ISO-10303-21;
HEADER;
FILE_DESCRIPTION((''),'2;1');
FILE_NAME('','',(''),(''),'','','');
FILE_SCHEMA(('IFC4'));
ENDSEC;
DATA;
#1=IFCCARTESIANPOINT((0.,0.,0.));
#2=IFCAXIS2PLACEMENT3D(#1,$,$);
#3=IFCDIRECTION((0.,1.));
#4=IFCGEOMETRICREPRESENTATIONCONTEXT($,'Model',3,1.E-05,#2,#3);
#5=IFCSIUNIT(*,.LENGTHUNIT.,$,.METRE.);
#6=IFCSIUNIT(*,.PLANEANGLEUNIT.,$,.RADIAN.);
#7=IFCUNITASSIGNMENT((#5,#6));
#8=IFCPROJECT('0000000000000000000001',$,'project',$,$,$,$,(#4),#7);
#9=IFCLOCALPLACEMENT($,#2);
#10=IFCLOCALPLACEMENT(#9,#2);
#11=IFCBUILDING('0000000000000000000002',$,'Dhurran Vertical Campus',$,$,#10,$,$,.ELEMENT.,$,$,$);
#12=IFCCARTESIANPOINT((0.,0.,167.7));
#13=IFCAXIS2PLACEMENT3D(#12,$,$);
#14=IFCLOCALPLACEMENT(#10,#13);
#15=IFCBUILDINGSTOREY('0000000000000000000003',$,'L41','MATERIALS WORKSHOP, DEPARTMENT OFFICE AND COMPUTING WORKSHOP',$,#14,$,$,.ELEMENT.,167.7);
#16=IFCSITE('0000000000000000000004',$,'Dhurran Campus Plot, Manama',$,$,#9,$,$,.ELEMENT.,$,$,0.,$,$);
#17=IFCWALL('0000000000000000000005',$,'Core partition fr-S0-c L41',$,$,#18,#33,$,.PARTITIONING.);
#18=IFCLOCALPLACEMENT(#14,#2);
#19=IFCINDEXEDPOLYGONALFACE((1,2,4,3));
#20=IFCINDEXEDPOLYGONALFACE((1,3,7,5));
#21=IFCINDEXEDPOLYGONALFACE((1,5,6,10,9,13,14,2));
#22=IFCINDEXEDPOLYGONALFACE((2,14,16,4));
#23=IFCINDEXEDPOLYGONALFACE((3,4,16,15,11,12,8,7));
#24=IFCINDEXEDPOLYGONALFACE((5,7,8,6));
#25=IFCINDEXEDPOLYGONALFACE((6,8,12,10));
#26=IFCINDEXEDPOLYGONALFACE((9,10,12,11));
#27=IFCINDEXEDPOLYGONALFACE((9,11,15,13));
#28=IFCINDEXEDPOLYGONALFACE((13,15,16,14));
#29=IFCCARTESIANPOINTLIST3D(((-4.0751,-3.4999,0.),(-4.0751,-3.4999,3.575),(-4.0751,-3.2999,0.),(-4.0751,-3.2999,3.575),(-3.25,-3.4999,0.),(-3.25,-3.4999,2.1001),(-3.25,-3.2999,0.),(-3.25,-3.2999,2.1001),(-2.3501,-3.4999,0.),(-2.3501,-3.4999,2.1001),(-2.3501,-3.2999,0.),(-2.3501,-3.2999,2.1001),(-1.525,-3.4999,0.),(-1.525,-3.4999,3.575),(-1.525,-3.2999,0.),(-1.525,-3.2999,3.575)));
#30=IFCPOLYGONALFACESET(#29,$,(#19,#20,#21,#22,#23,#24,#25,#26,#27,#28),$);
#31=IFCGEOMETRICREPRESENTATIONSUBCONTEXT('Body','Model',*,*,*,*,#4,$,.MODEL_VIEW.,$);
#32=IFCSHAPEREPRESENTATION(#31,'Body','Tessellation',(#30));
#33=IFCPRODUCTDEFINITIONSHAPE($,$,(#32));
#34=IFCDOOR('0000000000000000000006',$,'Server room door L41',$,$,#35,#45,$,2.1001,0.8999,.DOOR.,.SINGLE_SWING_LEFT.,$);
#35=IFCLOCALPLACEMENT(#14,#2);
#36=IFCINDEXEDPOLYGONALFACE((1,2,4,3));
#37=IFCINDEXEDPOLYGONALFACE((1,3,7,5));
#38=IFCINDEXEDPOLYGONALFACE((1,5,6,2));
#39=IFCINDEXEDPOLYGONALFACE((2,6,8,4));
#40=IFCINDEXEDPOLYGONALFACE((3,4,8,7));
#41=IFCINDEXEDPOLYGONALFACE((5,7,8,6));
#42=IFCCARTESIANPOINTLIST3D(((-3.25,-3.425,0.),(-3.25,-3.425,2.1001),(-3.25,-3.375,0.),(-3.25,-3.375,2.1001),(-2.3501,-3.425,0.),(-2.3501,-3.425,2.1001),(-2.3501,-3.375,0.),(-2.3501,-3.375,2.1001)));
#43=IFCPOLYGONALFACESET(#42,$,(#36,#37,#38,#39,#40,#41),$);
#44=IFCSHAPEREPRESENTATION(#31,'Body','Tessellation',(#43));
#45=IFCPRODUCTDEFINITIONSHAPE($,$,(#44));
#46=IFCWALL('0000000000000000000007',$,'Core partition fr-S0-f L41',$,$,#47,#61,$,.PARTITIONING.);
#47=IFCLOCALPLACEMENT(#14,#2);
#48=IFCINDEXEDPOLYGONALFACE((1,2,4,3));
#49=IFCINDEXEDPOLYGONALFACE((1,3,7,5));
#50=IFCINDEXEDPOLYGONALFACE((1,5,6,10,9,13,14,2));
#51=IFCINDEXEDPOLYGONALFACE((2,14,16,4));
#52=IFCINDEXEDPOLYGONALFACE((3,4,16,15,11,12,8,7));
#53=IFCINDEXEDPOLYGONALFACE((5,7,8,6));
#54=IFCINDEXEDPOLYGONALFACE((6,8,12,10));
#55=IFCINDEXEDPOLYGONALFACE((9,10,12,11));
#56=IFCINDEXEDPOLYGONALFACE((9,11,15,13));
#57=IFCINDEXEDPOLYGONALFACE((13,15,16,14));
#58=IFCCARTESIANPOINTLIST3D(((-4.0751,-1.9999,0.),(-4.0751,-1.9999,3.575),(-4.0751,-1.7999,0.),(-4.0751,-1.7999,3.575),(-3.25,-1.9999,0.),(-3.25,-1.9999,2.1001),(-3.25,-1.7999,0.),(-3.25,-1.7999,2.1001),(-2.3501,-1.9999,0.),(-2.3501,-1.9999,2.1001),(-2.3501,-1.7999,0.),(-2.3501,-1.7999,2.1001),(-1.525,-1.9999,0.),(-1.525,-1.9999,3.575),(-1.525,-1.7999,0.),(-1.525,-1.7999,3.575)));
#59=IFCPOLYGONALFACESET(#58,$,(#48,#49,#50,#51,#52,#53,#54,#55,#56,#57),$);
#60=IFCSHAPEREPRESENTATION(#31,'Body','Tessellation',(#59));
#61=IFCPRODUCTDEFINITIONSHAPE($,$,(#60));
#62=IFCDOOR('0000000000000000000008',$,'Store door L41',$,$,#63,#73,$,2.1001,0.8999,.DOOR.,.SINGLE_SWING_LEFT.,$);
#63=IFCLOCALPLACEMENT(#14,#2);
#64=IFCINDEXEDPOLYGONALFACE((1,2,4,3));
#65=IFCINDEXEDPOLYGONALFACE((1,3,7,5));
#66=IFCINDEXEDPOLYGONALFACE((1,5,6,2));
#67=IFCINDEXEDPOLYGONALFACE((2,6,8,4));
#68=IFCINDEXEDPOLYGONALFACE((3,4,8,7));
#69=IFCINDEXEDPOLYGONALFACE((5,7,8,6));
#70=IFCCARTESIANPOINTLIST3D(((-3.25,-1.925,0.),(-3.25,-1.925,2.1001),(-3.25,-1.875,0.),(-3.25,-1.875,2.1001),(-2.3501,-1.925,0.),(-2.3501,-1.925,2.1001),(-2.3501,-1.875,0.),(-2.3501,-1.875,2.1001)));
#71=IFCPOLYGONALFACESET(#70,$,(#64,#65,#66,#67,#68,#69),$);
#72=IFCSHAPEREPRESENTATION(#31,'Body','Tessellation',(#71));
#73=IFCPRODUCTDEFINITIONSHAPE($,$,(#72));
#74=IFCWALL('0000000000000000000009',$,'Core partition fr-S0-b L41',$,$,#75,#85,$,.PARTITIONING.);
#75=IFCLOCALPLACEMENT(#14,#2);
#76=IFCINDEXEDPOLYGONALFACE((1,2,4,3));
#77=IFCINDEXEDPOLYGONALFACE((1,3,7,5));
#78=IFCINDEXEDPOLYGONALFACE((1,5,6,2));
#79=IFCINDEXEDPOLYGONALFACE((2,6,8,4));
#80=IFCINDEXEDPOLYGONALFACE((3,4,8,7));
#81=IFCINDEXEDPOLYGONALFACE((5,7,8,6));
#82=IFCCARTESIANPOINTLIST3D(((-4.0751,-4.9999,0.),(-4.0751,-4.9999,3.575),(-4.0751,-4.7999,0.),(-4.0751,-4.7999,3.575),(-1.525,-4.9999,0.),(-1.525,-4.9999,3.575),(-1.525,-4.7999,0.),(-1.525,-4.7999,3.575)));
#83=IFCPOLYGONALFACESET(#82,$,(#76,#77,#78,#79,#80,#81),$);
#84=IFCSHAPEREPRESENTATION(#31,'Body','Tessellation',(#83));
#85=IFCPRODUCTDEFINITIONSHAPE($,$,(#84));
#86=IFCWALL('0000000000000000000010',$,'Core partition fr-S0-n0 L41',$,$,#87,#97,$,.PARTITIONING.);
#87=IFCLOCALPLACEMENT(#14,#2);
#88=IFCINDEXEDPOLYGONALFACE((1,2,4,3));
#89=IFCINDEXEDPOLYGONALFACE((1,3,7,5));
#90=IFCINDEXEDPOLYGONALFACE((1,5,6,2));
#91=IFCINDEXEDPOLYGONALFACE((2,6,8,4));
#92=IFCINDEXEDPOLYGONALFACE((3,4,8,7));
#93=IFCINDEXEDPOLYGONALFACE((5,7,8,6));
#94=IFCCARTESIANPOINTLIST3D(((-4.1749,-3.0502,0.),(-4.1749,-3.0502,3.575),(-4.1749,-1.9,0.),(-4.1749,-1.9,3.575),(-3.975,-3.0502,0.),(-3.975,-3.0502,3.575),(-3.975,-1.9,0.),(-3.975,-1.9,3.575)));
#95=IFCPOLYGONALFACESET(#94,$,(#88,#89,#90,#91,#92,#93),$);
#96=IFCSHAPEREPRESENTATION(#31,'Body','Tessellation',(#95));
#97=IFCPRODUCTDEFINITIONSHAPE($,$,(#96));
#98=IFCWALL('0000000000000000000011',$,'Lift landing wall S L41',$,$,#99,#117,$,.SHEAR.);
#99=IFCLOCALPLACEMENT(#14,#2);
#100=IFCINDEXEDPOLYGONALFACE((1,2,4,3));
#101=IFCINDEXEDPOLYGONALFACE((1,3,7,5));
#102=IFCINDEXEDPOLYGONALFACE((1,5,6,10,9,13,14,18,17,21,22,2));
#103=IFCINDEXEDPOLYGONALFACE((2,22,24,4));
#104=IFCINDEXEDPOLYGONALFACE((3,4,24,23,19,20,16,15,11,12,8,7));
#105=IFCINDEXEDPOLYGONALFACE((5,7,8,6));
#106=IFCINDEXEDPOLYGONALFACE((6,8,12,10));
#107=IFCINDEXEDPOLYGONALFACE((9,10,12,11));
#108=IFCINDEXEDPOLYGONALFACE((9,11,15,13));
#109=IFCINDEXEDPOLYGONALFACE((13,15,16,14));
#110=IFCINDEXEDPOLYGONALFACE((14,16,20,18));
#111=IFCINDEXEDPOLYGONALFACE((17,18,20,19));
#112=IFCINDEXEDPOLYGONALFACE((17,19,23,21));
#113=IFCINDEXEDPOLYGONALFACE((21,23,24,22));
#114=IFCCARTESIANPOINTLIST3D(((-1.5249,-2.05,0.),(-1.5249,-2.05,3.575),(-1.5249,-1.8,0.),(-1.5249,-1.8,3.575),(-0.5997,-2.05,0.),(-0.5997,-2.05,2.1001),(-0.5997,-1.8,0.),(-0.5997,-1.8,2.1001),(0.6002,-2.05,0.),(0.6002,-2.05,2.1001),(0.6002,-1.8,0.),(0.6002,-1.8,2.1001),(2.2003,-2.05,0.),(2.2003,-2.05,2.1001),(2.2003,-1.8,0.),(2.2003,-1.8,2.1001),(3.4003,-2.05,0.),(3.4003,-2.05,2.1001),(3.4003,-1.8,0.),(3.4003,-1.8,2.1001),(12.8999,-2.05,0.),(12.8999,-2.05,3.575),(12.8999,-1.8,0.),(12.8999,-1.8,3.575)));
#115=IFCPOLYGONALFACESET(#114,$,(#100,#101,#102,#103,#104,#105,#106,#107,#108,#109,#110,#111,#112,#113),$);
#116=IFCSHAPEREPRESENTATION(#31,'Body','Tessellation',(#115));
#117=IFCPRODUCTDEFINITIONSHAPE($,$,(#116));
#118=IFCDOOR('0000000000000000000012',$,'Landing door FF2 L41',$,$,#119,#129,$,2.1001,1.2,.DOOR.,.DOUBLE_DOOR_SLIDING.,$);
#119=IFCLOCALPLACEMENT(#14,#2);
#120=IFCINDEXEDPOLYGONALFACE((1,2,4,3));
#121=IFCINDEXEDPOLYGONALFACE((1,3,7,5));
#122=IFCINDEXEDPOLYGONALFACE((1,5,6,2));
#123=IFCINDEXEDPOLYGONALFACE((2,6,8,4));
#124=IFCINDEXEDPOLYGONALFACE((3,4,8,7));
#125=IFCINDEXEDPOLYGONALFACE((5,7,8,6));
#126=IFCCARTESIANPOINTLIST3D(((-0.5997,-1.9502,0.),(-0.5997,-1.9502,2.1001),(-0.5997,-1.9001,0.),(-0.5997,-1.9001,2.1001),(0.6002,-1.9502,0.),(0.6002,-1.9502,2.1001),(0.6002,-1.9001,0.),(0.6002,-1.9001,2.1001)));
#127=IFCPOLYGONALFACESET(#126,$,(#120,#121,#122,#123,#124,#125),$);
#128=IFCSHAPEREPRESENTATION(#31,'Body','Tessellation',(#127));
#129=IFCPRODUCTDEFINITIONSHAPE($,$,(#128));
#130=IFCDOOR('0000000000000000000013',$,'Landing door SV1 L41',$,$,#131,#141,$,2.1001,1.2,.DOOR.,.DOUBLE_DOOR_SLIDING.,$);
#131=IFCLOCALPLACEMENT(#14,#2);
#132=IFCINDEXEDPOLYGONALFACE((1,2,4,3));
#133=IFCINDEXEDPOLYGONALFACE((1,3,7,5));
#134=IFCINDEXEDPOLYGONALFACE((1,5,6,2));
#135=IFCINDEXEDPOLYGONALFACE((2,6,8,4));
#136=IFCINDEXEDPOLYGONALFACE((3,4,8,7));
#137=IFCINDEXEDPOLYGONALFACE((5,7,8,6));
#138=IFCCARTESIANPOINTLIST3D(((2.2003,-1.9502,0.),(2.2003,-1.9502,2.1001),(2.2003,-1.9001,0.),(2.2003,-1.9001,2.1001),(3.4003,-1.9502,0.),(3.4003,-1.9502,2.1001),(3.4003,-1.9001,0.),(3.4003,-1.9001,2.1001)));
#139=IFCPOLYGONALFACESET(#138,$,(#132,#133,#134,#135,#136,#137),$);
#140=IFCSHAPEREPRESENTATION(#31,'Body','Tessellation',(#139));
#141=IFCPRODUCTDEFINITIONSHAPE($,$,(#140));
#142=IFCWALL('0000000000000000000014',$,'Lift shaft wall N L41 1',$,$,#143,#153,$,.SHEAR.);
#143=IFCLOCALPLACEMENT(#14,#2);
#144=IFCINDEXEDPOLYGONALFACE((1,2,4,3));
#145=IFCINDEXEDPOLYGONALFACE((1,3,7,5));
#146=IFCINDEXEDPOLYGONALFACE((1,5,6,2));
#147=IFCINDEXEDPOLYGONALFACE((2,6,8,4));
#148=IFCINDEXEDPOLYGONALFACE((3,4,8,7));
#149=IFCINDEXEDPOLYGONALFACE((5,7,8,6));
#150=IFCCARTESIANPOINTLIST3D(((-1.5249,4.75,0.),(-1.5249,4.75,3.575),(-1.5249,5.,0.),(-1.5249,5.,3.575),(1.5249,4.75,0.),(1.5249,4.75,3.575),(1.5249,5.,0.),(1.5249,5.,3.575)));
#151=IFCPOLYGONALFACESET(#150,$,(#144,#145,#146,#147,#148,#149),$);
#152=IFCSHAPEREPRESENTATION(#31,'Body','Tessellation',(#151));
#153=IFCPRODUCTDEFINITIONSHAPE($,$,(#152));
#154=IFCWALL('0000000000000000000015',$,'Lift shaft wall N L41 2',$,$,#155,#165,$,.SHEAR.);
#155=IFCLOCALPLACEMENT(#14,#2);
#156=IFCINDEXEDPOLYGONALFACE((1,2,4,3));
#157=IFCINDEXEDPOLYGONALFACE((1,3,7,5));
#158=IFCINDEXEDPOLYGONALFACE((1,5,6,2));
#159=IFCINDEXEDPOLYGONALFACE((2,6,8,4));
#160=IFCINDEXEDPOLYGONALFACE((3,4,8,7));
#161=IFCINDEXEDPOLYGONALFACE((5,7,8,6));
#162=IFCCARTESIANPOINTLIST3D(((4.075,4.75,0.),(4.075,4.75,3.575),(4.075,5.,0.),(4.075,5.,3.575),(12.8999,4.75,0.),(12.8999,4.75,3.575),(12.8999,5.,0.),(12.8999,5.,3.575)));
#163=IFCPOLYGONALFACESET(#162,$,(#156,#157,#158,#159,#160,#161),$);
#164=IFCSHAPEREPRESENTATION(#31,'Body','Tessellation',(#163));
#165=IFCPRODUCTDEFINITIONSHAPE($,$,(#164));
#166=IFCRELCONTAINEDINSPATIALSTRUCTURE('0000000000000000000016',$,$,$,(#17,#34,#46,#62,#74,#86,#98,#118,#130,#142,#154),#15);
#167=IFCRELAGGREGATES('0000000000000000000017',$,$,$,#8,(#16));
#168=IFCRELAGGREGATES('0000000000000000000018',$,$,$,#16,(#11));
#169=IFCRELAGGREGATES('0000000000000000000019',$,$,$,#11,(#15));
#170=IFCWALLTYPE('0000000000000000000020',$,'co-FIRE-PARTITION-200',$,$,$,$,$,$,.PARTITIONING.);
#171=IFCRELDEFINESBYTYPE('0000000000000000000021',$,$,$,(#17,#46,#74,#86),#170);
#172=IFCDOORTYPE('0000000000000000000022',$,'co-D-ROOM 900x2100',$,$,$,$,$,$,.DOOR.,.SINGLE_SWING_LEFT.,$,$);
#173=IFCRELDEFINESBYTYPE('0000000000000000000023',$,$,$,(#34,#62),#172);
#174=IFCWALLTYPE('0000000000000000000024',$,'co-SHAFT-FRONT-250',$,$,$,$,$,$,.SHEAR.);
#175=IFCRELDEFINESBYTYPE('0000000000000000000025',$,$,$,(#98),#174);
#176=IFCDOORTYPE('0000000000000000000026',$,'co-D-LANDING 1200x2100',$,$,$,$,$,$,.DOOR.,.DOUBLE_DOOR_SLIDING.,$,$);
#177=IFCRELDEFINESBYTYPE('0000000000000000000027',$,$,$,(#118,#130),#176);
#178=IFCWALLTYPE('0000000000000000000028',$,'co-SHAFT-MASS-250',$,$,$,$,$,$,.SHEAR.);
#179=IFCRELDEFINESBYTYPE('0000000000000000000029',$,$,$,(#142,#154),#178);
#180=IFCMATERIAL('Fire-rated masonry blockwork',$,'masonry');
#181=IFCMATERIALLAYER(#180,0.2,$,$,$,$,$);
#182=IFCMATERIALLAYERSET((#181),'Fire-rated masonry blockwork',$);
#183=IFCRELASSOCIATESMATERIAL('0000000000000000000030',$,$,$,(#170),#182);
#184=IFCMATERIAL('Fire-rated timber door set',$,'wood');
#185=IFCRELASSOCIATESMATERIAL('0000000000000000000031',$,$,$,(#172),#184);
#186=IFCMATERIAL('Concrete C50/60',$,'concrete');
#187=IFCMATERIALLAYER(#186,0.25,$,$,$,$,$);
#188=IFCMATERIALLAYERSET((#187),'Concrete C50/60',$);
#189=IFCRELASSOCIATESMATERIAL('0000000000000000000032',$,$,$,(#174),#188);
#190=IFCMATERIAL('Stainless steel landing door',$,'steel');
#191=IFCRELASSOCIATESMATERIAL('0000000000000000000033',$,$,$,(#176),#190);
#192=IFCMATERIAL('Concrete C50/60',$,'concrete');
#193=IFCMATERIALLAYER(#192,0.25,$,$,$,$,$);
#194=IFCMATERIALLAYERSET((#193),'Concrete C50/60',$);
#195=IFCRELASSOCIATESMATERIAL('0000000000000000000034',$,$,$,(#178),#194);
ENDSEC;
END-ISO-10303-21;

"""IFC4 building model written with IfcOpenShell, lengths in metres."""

from ifc_helpers import new_model, si_unit, direction, frame, frame_2d, origin, place, context, subcontext, project, spatial, polyline, rectangle, outline, extrude, material, layer, layer_set, type_object, element, fill, save


model = new_model("IFC4")

# Units and contexts
model_context = context("Model", 3, precision=1e-05, world=origin(), true_north=direction((0.0, 1.0)))
body_context = subcontext(model_context, "Body", "Model", "MODEL_VIEW")
ifc_project = project(units=[si_unit("LENGTHUNIT", "METRE"), si_unit("PLANEANGLEUNIT", "RADIAN")], contexts=[model_context])

# Site, building, storey
site_placement = place(None, origin())
site = spatial("IfcSite", under=ifc_project, at=site_placement, Name="Dhurran Campus Plot, Manama", CompositionType="ELEMENT", RefElevation=0.0)
building_placement = place(site_placement, origin())
building = spatial("IfcBuilding", under=site, at=building_placement, Name="Dhurran Vertical Campus", CompositionType="ELEMENT")
storey_placement = place(building_placement, frame((0.0, 0.0, 167.7)))
storey = spatial("IfcBuildingStorey", under=building, at=storey_placement, Name="L41", Description="MATERIALS WORKSHOP, DEPARTMENT OFFICE AND COMPUTING WORKSHOP", CompositionType="ELEMENT", Elevation=167.7)

# Shared definitions
ifc_material_1 = material(Name="Fire-rated masonry blockwork", Category="masonry")
ifc_layer_1 = layer(ifc_material_1, 0.2)
ifc_layer_set_1 = layer_set([ifc_layer_1], Name="Fire-rated masonry blockwork")
wall_type_1 = type_object("IfcWallType", Name="co-FIRE-PARTITION-200", PredefinedType="PARTITIONING", material=ifc_layer_set_1)

# Walls, openings, doors
wall_1_placement = place(storey_placement, frame((-4.075, -3.3999, 0.0), z_axis=(0.0, 0.0, 1.0), x_axis=(1.0, 0.0, 0.0)))
wall_1 = element("IfcWall", 1, at=wall_1_placement, inside=storey, type_object=wall_type_1, Name="Core partition fr-S0-c L41", PredefinedType="PARTITIONING", context=body_context, shape_type="SweptSolid", body=[
    extrude(rectangle(XDim=2.55, YDim=0.2, at=frame_2d((1.2749, 0.0))), origin(), (0.0, 0.0, 1.0), 3.575),
])
opening_1_placement = place(wall_1_placement, frame((0.825, 0.0, 0.0)))
opening_1 = element("IfcOpeningElement", 2, at=opening_1_placement, cuts=wall_1, PredefinedType="OPENING", context=body_context, shape_type="SweptSolid", body=[
    extrude(rectangle(XDim=0.8999, YDim=2.1001, at=frame_2d((0.45, 1.05))), frame((0.0, 0.1099, 0.0), z_axis=(0.0, -1.0, 0.0), x_axis=(1.0, 0.0, 0.0)), (0.0, 0.0, 1.0), 0.22),
])
ifc_material_2 = material(Name="Fire-rated timber door set", Category="wood")
door_type_1 = type_object("IfcDoorType", Name="co-D-ROOM 900x2100", OperationType="SINGLE_SWING_LEFT", PredefinedType="DOOR", material=ifc_material_2)
door_1_placement = place(opening_1_placement, origin())
door_1 = element("IfcDoor", 3, at=door_1_placement, inside=storey, type_object=door_type_1, Name="Server room door L41", OperationType="SINGLE_SWING_LEFT", OverallHeight=2.1001, OverallWidth=0.8999, PredefinedType="DOOR", context=body_context, shape_type="SweptSolid", body=[
    extrude(rectangle(XDim=0.8999, YDim=2.1001, at=frame_2d((0.45, 1.05))), frame((0.0, 0.0249, 0.0), z_axis=(0.0, -1.0, 0.0), x_axis=(1.0, 0.0, 0.0)), (0.0, 0.0, 1.0), 0.05),
])
fill(opening_1, door_1)
wall_2_placement = place(storey_placement, frame((-4.075, -1.8999, 0.0), z_axis=(0.0, 0.0, 1.0), x_axis=(1.0, 0.0, 0.0)))
wall_2 = element("IfcWall", 4, at=wall_2_placement, inside=storey, type_object=wall_type_1, Name="Core partition fr-S0-f L41", PredefinedType="PARTITIONING", context=body_context, shape_type="SweptSolid", body=[
    extrude(rectangle(XDim=2.55, YDim=0.2, at=frame_2d((1.2749, 0.0))), origin(), (0.0, 0.0, 1.0), 3.575),
])
opening_2_placement = place(wall_2_placement, frame((0.825, 0.0, 0.0)))
opening_2 = element("IfcOpeningElement", 5, at=opening_2_placement, cuts=wall_2, PredefinedType="OPENING", context=body_context, shape_type="SweptSolid", body=[
    extrude(rectangle(XDim=0.8999, YDim=2.1001, at=frame_2d((0.45, 1.05))), frame((0.0, 0.1099, 0.0), z_axis=(0.0, -1.0, 0.0), x_axis=(1.0, 0.0, 0.0)), (0.0, 0.0, 1.0), 0.22),
])
door_2_placement = place(opening_2_placement, origin())
door_2 = element("IfcDoor", 6, at=door_2_placement, inside=storey, type_object=door_type_1, Name="Store door L41", OperationType="SINGLE_SWING_LEFT", OverallHeight=2.1001, OverallWidth=0.8999, PredefinedType="DOOR", context=body_context, shape_type="SweptSolid", body=[
    extrude(rectangle(XDim=0.8999, YDim=2.1001, at=frame_2d((0.45, 1.05))), frame((0.0, 0.0249, 0.0), z_axis=(0.0, -1.0, 0.0), x_axis=(1.0, 0.0, 0.0)), (0.0, 0.0, 1.0), 0.05),
])
fill(opening_2, door_2)

# Walls
wall_3_placement = place(storey_placement, frame((-4.075, -4.8999, 0.0), z_axis=(0.0, 0.0, 1.0), x_axis=(1.0, 0.0, 0.0)))
element("IfcWall", 7, at=wall_3_placement, inside=storey, type_object=wall_type_1, Name="Core partition fr-S0-b L41", PredefinedType="PARTITIONING", context=body_context, shape_type="SweptSolid", body=[
    extrude(rectangle(XDim=2.55, YDim=0.2, at=frame_2d((1.2749, 0.0))), origin(), (0.0, 0.0, 1.0), 3.575),
])
wall_4_placement = place(storey_placement, frame((-4.075, -1.8999, 0.0), z_axis=(0.0, 0.0, 1.0), x_axis=(0.0, -1.0, 0.0)))
element("IfcWall", 8, at=wall_4_placement, inside=storey, type_object=wall_type_1, Name="Core partition fr-S0-n0 L41", PredefinedType="PARTITIONING", context=body_context, shape_type="SweptSolid", body=[
    extrude(rectangle(XDim=1.1501, YDim=0.2, at=frame_2d((0.5752, 0.0))), origin(), (0.0, 0.0, 1.0), 3.575),
])

# Wall, openings, doors
ifc_material_3 = material(Name="Concrete C50/60", Category="concrete")
ifc_layer_2 = layer(ifc_material_3, 0.25)
ifc_layer_set_2 = layer_set([ifc_layer_2], Name="Concrete C50/60")
wall_type_2 = type_object("IfcWallType", Name="co-SHAFT-FRONT-250", PredefinedType="SHEAR", material=ifc_layer_set_2)
wall_5_placement = place(storey_placement, frame((-1.5249, -1.925, 0.0), z_axis=(0.0, 0.0, 1.0), x_axis=(1.0, 0.0, 0.0)))
wall_5 = element("IfcWall", 9, at=wall_5_placement, inside=storey, type_object=wall_type_2, Name="Lift landing wall S L41", PredefinedType="SHEAR", context=body_context, shape_type="SweptSolid", body=[
    extrude(rectangle(XDim=14.4248, YDim=0.25, at=frame_2d((7.2124, 0.0))), origin(), (0.0, 0.0, 1.0), 3.575),
])
opening_3_placement = place(wall_5_placement, frame((0.925, 0.0, 0.0)))
opening_3 = element("IfcOpeningElement", 10, at=opening_3_placement, cuts=wall_5, PredefinedType="OPENING", context=body_context, shape_type="SweptSolid", body=[
    extrude(rectangle(XDim=1.2, YDim=2.1001, at=frame_2d((0.6001, 1.05))), frame((0.0, 0.135, 0.0), z_axis=(0.0, -1.0, 0.0), x_axis=(1.0, 0.0, 0.0)), (0.0, 0.0, 1.0), 0.27),
])
opening_4_placement = place(wall_5_placement, frame((3.7251, 0.0, 0.0)))
opening_4 = element("IfcOpeningElement", 11, at=opening_4_placement, cuts=wall_5, PredefinedType="OPENING", context=body_context, shape_type="SweptSolid", body=[
    extrude(rectangle(XDim=1.2, YDim=2.1001, at=frame_2d((0.6001, 1.05))), frame((0.0, 0.135, 0.0), z_axis=(0.0, -1.0, 0.0), x_axis=(1.0, 0.0, 0.0)), (0.0, 0.0, 1.0), 0.27),
])
ifc_material_4 = material(Name="Stainless steel landing door", Category="steel")
door_type_2 = type_object("IfcDoorType", Name="co-D-LANDING 1200x2100", OperationType="DOUBLE_DOOR_SLIDING", PredefinedType="DOOR", material=ifc_material_4)
door_3_placement = place(opening_3_placement, origin())
door_3 = element("IfcDoor", 12, at=door_3_placement, inside=storey, type_object=door_type_2, Name="Landing door FF2 L41", OperationType="DOUBLE_DOOR_SLIDING", OverallHeight=2.1001, OverallWidth=1.2, PredefinedType="DOOR", context=body_context, shape_type="SweptSolid", body=[
    extrude(rectangle(XDim=1.2, YDim=2.1001, at=frame_2d((0.6001, 1.05))), frame((0.0, 0.0249, 0.0), z_axis=(0.0, -1.0, 0.0), x_axis=(1.0, 0.0, 0.0)), (0.0, 0.0, 1.0), 0.05),
])
fill(opening_3, door_3)
door_4_placement = place(opening_4_placement, origin())
door_4 = element("IfcDoor", 13, at=door_4_placement, inside=storey, type_object=door_type_2, Name="Landing door SV1 L41", OperationType="DOUBLE_DOOR_SLIDING", OverallHeight=2.1001, OverallWidth=1.2, PredefinedType="DOOR", context=body_context, shape_type="SweptSolid", body=[
    extrude(rectangle(XDim=1.2, YDim=2.1001, at=frame_2d((0.6001, 1.05))), frame((0.0, 0.0249, 0.0), z_axis=(0.0, -1.0, 0.0), x_axis=(1.0, 0.0, 0.0)), (0.0, 0.0, 1.0), 0.05),
])
fill(opening_4, door_4)

# Walls
ifc_material_5 = material(Name="Concrete C50/60", Category="concrete")
ifc_layer_3 = layer(ifc_material_5, 0.25)
ifc_layer_set_3 = layer_set([ifc_layer_3], Name="Concrete C50/60")
wall_type_3 = type_object("IfcWallType", Name="co-SHAFT-MASS-250", PredefinedType="SHEAR", material=ifc_layer_set_3)
wall_6_placement = place(storey_placement, origin())
element("IfcWall", 14, at=wall_6_placement, inside=storey, type_object=wall_type_3, Name="Lift shaft wall N L41 1", PredefinedType="SHEAR", context=body_context, shape_type="SweptSolid", body=[
    extrude(outline(polyline([(-1.5249, 4.75), (1.5249, 4.75), (1.5249, 5.0), (-1.5249, 5.0), (-1.5249, 4.75)])), origin(), (0.0, 0.0, 1.0), 3.575),
])
wall_7_placement = place(storey_placement, origin())
element("IfcWall", 15, at=wall_7_placement, inside=storey, type_object=wall_type_3, Name="Lift shaft wall N L41 2", PredefinedType="SHEAR", context=body_context, shape_type="SweptSolid", body=[
    extrude(outline(polyline([(4.075, 4.75), (12.8999, 4.75), (12.8999, 5.0), (4.075, 5.0), (4.075, 4.75)])), origin(), (0.0, 0.0, 1.0), 3.575),
])

save(model, "model.ifc")
